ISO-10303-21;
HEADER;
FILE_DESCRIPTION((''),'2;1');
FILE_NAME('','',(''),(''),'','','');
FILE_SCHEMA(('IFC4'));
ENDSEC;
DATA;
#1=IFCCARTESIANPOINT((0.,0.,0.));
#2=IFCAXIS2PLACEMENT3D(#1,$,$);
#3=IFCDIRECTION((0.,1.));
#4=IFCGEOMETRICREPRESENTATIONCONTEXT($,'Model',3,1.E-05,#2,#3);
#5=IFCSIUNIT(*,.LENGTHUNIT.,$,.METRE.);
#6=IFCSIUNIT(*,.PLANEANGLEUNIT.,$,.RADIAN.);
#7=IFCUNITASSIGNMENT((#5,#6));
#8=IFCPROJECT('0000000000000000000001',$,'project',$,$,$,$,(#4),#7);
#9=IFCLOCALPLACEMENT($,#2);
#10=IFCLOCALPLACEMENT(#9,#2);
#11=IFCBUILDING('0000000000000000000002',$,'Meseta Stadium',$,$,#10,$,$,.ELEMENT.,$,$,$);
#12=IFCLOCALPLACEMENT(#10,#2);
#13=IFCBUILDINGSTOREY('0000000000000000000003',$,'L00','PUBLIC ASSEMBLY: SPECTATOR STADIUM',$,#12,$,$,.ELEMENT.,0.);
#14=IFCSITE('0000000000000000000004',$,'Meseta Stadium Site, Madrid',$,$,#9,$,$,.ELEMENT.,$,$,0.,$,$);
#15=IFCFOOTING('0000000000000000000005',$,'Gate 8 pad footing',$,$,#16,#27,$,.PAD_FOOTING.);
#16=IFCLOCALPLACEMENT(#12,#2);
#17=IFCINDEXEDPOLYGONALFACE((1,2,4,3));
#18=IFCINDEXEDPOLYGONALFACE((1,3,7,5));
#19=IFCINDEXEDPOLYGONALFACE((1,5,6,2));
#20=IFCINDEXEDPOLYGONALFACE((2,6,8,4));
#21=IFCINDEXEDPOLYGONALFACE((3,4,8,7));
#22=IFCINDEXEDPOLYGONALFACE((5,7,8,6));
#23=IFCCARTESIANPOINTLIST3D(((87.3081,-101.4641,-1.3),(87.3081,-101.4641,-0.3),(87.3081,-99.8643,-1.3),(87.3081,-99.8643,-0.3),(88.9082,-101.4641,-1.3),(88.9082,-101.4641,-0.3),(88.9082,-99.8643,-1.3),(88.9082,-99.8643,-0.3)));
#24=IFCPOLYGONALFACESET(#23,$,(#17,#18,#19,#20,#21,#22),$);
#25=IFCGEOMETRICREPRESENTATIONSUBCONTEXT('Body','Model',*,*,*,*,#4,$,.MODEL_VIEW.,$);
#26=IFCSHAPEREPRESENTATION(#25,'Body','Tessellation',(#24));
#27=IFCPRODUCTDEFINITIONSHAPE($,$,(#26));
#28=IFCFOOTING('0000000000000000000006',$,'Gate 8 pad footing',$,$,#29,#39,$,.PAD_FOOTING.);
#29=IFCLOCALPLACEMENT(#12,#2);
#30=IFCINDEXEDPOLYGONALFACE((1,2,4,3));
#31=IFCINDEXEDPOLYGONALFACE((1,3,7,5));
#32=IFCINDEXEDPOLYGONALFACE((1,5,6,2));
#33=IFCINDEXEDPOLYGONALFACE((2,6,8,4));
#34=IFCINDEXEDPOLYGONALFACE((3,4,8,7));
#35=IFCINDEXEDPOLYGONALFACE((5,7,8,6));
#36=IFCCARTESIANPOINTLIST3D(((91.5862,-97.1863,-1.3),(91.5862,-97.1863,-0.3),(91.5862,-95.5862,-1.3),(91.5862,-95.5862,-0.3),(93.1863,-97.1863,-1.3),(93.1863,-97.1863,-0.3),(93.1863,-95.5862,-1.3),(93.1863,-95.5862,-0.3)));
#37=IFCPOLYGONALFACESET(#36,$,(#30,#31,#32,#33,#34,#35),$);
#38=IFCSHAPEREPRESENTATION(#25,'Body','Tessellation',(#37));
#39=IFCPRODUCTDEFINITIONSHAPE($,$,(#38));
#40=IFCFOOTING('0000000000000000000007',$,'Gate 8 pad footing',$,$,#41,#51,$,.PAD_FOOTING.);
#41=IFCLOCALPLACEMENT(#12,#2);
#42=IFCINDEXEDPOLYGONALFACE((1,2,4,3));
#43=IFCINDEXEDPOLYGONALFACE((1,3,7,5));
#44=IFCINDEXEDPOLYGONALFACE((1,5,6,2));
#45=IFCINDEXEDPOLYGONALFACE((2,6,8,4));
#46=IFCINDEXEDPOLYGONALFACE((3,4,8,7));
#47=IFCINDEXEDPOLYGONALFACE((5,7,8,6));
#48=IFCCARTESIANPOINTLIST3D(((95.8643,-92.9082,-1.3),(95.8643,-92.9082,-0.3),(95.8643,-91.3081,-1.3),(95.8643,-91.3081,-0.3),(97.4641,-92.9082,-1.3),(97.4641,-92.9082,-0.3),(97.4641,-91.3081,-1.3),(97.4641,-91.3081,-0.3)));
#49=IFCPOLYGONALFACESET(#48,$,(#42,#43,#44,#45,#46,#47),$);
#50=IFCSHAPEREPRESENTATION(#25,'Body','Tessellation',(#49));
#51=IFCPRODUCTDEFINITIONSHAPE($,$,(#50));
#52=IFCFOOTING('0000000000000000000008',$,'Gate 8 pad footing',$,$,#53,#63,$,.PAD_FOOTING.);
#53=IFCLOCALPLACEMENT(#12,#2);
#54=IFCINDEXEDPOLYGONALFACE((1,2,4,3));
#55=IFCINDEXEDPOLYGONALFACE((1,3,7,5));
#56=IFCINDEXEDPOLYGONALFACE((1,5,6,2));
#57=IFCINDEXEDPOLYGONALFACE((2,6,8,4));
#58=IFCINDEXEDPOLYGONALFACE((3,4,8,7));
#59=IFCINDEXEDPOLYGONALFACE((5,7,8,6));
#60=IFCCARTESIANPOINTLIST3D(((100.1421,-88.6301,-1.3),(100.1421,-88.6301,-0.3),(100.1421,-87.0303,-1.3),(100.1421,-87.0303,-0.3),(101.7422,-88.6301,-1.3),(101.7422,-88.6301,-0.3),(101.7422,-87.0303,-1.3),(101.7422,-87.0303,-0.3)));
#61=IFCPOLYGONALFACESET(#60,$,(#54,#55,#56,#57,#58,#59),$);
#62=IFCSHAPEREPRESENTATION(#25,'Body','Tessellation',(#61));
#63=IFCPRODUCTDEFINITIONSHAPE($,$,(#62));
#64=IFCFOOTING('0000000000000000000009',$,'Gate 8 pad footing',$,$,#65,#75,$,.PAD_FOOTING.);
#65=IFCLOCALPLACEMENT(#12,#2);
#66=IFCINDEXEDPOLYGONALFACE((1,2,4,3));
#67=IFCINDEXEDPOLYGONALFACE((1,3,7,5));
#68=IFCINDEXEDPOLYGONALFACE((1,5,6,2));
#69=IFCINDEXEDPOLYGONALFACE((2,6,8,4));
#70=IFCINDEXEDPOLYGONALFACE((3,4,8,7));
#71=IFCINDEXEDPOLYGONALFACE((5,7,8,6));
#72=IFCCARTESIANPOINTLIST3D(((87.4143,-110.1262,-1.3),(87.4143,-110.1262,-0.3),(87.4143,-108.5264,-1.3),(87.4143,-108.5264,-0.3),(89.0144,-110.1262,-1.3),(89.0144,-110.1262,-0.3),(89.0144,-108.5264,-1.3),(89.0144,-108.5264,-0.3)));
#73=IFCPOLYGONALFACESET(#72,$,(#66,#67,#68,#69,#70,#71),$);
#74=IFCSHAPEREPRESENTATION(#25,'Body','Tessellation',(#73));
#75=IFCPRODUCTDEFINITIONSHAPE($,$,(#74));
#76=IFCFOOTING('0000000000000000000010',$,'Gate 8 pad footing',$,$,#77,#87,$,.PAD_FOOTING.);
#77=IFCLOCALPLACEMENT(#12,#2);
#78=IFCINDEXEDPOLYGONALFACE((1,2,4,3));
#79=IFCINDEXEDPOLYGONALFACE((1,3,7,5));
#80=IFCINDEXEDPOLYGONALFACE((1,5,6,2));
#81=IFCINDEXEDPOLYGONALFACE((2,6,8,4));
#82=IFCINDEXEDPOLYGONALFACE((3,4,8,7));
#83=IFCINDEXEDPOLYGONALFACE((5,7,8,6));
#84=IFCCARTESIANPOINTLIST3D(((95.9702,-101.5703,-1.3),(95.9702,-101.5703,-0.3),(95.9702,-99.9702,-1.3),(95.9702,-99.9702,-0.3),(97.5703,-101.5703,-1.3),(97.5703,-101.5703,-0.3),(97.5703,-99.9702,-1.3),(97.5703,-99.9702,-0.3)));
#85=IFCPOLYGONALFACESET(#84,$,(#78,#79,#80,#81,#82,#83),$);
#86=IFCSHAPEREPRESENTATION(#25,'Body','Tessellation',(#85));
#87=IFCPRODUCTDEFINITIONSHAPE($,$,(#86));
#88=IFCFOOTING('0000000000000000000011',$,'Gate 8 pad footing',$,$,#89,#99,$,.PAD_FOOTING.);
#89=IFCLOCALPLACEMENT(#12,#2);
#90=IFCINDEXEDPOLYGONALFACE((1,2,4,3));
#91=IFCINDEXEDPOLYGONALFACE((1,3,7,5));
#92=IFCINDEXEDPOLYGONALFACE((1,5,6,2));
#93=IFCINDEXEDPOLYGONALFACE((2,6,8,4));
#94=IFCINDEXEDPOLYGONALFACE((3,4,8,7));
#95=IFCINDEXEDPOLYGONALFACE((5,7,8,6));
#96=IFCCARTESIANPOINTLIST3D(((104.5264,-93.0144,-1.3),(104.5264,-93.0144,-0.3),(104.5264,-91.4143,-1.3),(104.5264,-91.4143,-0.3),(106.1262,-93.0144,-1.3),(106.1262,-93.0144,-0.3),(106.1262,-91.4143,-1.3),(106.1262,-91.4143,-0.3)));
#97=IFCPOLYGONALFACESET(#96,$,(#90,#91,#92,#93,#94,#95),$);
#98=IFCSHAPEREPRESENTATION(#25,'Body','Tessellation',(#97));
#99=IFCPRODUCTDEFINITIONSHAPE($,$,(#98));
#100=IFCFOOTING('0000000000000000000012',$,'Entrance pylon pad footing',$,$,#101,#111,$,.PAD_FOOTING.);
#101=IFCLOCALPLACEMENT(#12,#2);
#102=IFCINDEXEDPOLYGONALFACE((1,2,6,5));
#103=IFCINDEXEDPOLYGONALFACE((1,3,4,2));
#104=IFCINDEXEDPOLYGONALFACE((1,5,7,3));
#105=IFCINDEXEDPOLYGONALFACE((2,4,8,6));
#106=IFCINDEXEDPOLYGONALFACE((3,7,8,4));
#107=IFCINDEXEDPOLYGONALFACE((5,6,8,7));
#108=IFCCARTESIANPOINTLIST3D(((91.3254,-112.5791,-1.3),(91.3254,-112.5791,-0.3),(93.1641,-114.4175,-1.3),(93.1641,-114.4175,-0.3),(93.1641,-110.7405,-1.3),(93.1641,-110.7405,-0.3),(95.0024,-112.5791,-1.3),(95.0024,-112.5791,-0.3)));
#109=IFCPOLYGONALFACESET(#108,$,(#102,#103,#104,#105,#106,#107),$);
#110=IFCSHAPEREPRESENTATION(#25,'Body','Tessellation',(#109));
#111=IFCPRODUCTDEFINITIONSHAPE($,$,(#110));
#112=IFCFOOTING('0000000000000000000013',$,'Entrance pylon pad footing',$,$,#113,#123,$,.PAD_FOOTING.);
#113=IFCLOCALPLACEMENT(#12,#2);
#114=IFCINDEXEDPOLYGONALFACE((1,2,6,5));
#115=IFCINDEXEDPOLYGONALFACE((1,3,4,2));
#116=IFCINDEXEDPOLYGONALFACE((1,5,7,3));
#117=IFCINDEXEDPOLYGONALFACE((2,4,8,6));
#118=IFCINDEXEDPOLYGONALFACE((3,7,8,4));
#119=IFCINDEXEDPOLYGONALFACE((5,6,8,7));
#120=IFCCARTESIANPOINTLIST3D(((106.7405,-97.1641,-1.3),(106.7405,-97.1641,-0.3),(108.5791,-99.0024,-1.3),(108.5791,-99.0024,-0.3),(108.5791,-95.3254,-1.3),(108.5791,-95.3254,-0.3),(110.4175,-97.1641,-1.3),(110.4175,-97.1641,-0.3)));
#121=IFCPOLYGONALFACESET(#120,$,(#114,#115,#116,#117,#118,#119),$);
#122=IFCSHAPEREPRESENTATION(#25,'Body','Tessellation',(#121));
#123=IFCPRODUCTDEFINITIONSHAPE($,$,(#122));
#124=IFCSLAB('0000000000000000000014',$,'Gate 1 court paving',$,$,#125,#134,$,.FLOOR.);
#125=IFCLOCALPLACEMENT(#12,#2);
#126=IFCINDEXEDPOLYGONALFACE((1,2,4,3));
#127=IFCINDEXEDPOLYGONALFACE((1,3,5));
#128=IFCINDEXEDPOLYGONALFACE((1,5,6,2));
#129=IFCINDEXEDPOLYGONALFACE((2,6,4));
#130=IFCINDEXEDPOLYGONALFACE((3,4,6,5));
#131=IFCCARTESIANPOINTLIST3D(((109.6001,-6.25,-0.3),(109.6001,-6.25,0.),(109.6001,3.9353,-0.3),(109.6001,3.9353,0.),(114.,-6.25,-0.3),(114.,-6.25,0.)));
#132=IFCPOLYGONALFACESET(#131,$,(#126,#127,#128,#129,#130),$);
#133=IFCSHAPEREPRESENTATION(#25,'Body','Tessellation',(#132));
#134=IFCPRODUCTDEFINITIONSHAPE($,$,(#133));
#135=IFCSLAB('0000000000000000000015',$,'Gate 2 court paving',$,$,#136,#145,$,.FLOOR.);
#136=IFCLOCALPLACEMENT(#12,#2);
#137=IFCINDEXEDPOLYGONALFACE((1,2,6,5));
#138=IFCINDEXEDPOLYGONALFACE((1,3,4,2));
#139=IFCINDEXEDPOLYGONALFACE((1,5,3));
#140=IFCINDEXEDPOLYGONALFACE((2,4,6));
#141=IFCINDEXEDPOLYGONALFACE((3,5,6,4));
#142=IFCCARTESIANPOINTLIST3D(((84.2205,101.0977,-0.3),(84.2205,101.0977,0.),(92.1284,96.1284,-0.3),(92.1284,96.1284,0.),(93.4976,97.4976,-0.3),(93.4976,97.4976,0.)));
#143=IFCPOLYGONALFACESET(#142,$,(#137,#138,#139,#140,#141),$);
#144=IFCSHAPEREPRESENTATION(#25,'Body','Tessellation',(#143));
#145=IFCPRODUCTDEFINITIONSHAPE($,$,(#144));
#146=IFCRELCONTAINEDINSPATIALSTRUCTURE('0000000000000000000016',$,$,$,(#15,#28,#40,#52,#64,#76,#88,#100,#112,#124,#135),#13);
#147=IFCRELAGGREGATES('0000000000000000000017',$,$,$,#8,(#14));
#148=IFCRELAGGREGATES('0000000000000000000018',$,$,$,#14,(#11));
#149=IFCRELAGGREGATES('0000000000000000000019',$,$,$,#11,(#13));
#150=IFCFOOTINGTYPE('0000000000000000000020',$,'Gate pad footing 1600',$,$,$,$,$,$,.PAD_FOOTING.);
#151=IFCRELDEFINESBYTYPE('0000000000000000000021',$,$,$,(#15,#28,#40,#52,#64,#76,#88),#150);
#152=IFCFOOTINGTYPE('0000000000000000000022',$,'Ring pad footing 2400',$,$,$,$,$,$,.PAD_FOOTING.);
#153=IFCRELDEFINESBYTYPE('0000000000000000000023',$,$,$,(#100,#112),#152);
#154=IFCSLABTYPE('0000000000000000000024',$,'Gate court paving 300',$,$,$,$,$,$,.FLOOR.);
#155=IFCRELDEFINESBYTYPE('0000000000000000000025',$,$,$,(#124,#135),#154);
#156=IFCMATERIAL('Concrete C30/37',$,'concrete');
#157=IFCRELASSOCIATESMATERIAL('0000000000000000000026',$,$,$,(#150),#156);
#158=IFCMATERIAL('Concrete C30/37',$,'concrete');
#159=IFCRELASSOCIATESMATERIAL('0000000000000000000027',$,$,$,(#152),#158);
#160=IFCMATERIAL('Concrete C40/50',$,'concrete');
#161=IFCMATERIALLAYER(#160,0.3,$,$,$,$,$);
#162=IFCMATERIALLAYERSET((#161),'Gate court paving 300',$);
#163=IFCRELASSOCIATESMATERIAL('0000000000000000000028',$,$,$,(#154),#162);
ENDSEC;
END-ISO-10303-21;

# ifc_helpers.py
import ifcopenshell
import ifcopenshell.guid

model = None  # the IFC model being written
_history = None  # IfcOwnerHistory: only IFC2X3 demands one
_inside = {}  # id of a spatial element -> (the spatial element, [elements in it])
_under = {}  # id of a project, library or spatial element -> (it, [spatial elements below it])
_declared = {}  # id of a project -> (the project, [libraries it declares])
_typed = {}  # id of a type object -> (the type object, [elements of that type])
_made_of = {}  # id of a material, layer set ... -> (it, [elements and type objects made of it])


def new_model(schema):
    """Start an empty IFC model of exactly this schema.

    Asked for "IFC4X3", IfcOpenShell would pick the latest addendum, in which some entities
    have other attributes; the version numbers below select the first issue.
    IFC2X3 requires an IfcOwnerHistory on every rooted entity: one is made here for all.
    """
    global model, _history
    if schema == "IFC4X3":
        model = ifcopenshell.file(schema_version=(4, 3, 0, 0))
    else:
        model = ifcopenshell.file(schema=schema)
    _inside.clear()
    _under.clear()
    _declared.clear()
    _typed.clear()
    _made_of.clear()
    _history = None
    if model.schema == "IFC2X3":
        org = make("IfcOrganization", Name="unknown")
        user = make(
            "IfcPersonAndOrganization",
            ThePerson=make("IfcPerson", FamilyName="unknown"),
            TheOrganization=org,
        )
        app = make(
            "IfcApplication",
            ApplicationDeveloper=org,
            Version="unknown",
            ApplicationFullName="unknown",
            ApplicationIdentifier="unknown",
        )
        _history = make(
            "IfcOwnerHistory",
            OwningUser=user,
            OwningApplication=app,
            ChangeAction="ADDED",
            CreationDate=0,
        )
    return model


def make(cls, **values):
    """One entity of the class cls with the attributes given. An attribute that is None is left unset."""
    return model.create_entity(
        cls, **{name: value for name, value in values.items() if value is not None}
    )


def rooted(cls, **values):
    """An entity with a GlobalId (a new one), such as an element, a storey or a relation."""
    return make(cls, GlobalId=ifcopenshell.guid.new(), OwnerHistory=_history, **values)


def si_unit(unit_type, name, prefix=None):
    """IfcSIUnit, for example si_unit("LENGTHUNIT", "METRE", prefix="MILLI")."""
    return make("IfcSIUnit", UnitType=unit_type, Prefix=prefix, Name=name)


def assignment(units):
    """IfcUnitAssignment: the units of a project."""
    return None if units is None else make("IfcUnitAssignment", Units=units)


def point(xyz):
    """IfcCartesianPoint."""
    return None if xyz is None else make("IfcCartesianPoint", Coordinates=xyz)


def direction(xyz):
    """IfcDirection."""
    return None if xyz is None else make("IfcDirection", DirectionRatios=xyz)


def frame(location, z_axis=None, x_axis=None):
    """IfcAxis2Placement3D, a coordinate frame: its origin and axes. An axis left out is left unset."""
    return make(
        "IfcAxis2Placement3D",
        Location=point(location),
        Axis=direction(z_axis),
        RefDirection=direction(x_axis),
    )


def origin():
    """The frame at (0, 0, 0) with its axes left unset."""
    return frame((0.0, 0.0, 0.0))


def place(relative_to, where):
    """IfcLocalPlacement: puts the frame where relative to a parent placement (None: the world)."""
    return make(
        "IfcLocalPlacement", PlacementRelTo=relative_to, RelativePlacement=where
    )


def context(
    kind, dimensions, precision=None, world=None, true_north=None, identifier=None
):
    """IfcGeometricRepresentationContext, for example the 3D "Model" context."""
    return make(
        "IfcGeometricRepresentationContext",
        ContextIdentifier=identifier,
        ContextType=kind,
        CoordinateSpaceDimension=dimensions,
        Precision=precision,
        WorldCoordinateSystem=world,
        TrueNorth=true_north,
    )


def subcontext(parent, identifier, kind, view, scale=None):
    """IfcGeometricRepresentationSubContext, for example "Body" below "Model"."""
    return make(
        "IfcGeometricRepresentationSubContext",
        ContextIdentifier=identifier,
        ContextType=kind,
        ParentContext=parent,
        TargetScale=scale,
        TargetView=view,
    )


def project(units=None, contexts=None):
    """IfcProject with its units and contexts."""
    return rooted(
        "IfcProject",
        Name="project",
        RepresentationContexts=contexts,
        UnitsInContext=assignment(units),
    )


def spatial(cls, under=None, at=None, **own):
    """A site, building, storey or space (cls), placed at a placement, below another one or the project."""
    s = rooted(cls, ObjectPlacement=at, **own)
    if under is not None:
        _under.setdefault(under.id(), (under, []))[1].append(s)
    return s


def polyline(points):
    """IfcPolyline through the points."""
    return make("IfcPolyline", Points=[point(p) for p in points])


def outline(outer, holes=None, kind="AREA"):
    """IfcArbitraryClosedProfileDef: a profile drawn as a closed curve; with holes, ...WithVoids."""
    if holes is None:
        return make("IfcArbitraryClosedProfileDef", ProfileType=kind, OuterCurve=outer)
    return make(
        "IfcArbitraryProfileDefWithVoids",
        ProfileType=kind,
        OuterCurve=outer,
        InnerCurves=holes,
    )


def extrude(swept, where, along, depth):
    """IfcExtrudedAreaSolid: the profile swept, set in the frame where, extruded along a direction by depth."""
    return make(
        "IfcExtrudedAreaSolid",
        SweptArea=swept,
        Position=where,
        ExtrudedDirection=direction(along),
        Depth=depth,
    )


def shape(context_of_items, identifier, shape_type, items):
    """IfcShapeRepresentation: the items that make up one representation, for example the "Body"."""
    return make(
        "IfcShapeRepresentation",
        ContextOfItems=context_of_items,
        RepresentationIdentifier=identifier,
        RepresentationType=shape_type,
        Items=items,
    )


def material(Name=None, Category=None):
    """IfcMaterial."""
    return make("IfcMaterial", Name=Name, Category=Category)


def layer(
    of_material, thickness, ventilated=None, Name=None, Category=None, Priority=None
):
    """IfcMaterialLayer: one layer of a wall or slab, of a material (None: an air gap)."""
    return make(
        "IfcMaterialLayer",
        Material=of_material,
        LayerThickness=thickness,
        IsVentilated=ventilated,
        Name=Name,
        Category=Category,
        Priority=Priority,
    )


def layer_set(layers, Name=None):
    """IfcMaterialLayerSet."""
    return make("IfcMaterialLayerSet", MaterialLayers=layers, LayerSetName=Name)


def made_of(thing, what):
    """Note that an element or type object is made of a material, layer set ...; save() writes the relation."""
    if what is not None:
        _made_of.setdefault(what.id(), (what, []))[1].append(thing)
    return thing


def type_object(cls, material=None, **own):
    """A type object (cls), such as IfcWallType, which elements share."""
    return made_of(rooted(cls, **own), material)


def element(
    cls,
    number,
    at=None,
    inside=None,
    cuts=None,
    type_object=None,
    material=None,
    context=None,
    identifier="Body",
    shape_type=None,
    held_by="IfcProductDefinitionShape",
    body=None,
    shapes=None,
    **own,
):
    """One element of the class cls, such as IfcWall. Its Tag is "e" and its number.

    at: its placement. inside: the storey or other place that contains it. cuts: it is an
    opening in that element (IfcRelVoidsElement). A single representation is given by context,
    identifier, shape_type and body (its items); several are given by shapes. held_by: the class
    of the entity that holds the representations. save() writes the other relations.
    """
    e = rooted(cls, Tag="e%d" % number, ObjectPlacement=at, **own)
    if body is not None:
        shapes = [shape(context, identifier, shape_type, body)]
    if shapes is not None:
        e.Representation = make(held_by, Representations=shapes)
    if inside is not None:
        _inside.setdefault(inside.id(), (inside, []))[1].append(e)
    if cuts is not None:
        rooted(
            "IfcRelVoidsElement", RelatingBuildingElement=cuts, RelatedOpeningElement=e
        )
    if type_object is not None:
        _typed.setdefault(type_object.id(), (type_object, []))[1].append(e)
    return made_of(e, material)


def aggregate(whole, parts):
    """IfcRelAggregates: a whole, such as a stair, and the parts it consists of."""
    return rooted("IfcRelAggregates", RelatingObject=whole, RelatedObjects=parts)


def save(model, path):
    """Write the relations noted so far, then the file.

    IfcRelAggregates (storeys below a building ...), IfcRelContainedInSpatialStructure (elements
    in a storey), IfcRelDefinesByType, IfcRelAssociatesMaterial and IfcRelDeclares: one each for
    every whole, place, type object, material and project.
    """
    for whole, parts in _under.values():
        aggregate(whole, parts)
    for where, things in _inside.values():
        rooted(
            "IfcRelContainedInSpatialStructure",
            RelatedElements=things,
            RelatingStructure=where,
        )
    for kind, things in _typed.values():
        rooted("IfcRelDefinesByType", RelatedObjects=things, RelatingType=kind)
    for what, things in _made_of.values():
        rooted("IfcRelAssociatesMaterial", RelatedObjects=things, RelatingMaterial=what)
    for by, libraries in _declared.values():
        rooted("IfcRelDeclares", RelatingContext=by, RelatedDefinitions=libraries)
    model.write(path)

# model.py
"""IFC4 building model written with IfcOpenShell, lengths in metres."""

from ifc_helpers import new_model, si_unit, direction, frame, origin, place, context, subcontext, project, spatial, polyline, outline, extrude, material, layer, layer_set, type_object, element, save


model = new_model("IFC4")

# Units and contexts
model_context = context("Model", 3, precision=1e-05, world=origin(), true_north=direction((0.0, 1.0)))
body_context = subcontext(model_context, "Body", "Model", "MODEL_VIEW")
ifc_project = project(units=[si_unit("LENGTHUNIT", "METRE"), si_unit("PLANEANGLEUNIT", "RADIAN")], contexts=[model_context])

# Site, building, storey
site_placement = place(None, origin())
site = spatial("IfcSite", under=ifc_project, at=site_placement, Name="Meseta Stadium Site, Madrid", CompositionType="ELEMENT", RefElevation=0.0)
building_placement = place(site_placement, origin())
building = spatial("IfcBuilding", under=site, at=building_placement, Name="Meseta Stadium", CompositionType="ELEMENT")
storey_placement = place(building_placement, origin())
storey = spatial("IfcBuildingStorey", under=building, at=storey_placement, Name="L00", Description="PUBLIC ASSEMBLY: SPECTATOR STADIUM", CompositionType="ELEMENT", Elevation=0.0)

# Footings
ifc_material_1 = material(Name="Concrete C30/37", Category="concrete")
footing_type_1 = type_object("IfcFootingType", Name="Gate pad footing 1600", PredefinedType="PAD_FOOTING", material=ifc_material_1)
footing_1_placement = place(storey_placement, frame((0.0, 0.0, -1.3)))
element("IfcFooting", 1, at=footing_1_placement, inside=storey, type_object=footing_type_1, Name="Gate 8 pad footing", PredefinedType="PAD_FOOTING", context=body_context, shape_type="SweptSolid", body=[
    extrude(outline(polyline([(88.9082, -101.4641), (88.9082, -99.8643), (87.3081, -99.8643), (87.3081, -101.4641), (88.9082, -101.4641)])), origin(), (0.0, 0.0, 1.0), 1.0),
])
footing_2_placement = place(storey_placement, frame((0.0, 0.0, -1.3)))
element("IfcFooting", 2, at=footing_2_placement, inside=storey, type_object=footing_type_1, Name="Gate 8 pad footing", PredefinedType="PAD_FOOTING", context=body_context, shape_type="SweptSolid", body=[
    extrude(outline(polyline([(93.1863, -97.1863), (93.1863, -95.5862), (91.5862, -95.5862), (91.5862, -97.1863), (93.1863, -97.1863)])), origin(), (0.0, 0.0, 1.0), 1.0),
])
footing_3_placement = place(storey_placement, frame((0.0, 0.0, -1.3)))
element("IfcFooting", 3, at=footing_3_placement, inside=storey, type_object=footing_type_1, Name="Gate 8 pad footing", PredefinedType="PAD_FOOTING", context=body_context, shape_type="SweptSolid", body=[
    extrude(outline(polyline([(97.4641, -92.9082), (97.4641, -91.3081), (95.8643, -91.3081), (95.8643, -92.9082), (97.4641, -92.9082)])), origin(), (0.0, 0.0, 1.0), 1.0),
])
footing_4_placement = place(storey_placement, frame((0.0, 0.0, -1.3)))
element("IfcFooting", 4, at=footing_4_placement, inside=storey, type_object=footing_type_1, Name="Gate 8 pad footing", PredefinedType="PAD_FOOTING", context=body_context, shape_type="SweptSolid", body=[
    extrude(outline(polyline([(101.7422, -88.6301), (101.7422, -87.0303), (100.1421, -87.0303), (100.1421, -88.6301), (101.7422, -88.6301)])), origin(), (0.0, 0.0, 1.0), 1.0),
])
footing_5_placement = place(storey_placement, frame((0.0, 0.0, -1.3)))
element("IfcFooting", 5, at=footing_5_placement, inside=storey, type_object=footing_type_1, Name="Gate 8 pad footing", PredefinedType="PAD_FOOTING", context=body_context, shape_type="SweptSolid", body=[
    extrude(outline(polyline([(89.0144, -110.1262), (89.0144, -108.5264), (87.4143, -108.5264), (87.4143, -110.1262), (89.0144, -110.1262)])), origin(), (0.0, 0.0, 1.0), 1.0),
])
footing_6_placement = place(storey_placement, frame((0.0, 0.0, -1.3)))
element("IfcFooting", 6, at=footing_6_placement, inside=storey, type_object=footing_type_1, Name="Gate 8 pad footing", PredefinedType="PAD_FOOTING", context=body_context, shape_type="SweptSolid", body=[
    extrude(outline(polyline([(97.5703, -101.5703), (97.5703, -99.9702), (95.9702, -99.9702), (95.9702, -101.5703), (97.5703, -101.5703)])), origin(), (0.0, 0.0, 1.0), 1.0),
])
footing_7_placement = place(storey_placement, frame((0.0, 0.0, -1.3)))
element("IfcFooting", 7, at=footing_7_placement, inside=storey, type_object=footing_type_1, Name="Gate 8 pad footing", PredefinedType="PAD_FOOTING", context=body_context, shape_type="SweptSolid", body=[
    extrude(outline(polyline([(106.1262, -93.0144), (106.1262, -91.4143), (104.5264, -91.4143), (104.5264, -93.0144), (106.1262, -93.0144)])), origin(), (0.0, 0.0, 1.0), 1.0),
])
ifc_material_2 = material(Name="Concrete C30/37", Category="concrete")
footing_type_2 = type_object("IfcFootingType", Name="Ring pad footing 2400", PredefinedType="PAD_FOOTING", material=ifc_material_2)
footing_8_placement = place(storey_placement, frame((0.0, 0.0, -1.3)))
element("IfcFooting", 8, at=footing_8_placement, inside=storey, type_object=footing_type_2, Name="Entrance pylon pad footing", PredefinedType="PAD_FOOTING", context=body_context, shape_type="SweptSolid", body=[
    extrude(outline(polyline([(93.1641, -114.4175), (95.0024, -112.5791), (93.1641, -110.7405), (91.3254, -112.5791), (93.1641, -114.4175)])), origin(), (0.0, 0.0, 1.0), 1.0),
])
footing_9_placement = place(storey_placement, frame((0.0, 0.0, -1.3)))
element("IfcFooting", 9, at=footing_9_placement, inside=storey, type_object=footing_type_2, Name="Entrance pylon pad footing", PredefinedType="PAD_FOOTING", context=body_context, shape_type="SweptSolid", body=[
    extrude(outline(polyline([(108.5791, -99.0024), (110.4175, -97.1641), (108.5791, -95.3254), (106.7405, -97.1641), (108.5791, -99.0024)])), origin(), (0.0, 0.0, 1.0), 1.0),
])

# Slabs
ifc_material_3 = material(Name="Concrete C40/50", Category="concrete")
ifc_layer_1 = layer(ifc_material_3, 0.3)
ifc_layer_set_1 = layer_set([ifc_layer_1], Name="Gate court paving 300")
slab_type_1 = type_object("IfcSlabType", Name="Gate court paving 300", PredefinedType="FLOOR", material=ifc_layer_set_1)
slab_1_placement = place(storey_placement, frame((0.0, 0.0, -0.3)))
element("IfcSlab", 10, at=slab_1_placement, inside=storey, type_object=slab_type_1, Name="Gate 1 court paving", PredefinedType="FLOOR", context=body_context, shape_type="SweptSolid", body=[
    extrude(outline(polyline([(109.6001, -6.25), (114.0, -6.25), (109.6001, 3.9353), (109.6001, -6.25)])), origin(), (0.0, 0.0, 1.0), 0.3),
])
slab_2_placement = place(storey_placement, frame((0.0, 0.0, -0.3)))
element("IfcSlab", 11, at=slab_2_placement, inside=storey, type_object=slab_type_1, Name="Gate 2 court paving", PredefinedType="FLOOR", context=body_context, shape_type="SweptSolid", body=[
    extrude(outline(polyline([(92.1284, 96.1284), (93.4976, 97.4976), (84.2205, 101.0977), (92.1284, 96.1284)])), origin(), (0.0, 0.0, 1.0), 0.3),
])

save(model, "model.ifc")
